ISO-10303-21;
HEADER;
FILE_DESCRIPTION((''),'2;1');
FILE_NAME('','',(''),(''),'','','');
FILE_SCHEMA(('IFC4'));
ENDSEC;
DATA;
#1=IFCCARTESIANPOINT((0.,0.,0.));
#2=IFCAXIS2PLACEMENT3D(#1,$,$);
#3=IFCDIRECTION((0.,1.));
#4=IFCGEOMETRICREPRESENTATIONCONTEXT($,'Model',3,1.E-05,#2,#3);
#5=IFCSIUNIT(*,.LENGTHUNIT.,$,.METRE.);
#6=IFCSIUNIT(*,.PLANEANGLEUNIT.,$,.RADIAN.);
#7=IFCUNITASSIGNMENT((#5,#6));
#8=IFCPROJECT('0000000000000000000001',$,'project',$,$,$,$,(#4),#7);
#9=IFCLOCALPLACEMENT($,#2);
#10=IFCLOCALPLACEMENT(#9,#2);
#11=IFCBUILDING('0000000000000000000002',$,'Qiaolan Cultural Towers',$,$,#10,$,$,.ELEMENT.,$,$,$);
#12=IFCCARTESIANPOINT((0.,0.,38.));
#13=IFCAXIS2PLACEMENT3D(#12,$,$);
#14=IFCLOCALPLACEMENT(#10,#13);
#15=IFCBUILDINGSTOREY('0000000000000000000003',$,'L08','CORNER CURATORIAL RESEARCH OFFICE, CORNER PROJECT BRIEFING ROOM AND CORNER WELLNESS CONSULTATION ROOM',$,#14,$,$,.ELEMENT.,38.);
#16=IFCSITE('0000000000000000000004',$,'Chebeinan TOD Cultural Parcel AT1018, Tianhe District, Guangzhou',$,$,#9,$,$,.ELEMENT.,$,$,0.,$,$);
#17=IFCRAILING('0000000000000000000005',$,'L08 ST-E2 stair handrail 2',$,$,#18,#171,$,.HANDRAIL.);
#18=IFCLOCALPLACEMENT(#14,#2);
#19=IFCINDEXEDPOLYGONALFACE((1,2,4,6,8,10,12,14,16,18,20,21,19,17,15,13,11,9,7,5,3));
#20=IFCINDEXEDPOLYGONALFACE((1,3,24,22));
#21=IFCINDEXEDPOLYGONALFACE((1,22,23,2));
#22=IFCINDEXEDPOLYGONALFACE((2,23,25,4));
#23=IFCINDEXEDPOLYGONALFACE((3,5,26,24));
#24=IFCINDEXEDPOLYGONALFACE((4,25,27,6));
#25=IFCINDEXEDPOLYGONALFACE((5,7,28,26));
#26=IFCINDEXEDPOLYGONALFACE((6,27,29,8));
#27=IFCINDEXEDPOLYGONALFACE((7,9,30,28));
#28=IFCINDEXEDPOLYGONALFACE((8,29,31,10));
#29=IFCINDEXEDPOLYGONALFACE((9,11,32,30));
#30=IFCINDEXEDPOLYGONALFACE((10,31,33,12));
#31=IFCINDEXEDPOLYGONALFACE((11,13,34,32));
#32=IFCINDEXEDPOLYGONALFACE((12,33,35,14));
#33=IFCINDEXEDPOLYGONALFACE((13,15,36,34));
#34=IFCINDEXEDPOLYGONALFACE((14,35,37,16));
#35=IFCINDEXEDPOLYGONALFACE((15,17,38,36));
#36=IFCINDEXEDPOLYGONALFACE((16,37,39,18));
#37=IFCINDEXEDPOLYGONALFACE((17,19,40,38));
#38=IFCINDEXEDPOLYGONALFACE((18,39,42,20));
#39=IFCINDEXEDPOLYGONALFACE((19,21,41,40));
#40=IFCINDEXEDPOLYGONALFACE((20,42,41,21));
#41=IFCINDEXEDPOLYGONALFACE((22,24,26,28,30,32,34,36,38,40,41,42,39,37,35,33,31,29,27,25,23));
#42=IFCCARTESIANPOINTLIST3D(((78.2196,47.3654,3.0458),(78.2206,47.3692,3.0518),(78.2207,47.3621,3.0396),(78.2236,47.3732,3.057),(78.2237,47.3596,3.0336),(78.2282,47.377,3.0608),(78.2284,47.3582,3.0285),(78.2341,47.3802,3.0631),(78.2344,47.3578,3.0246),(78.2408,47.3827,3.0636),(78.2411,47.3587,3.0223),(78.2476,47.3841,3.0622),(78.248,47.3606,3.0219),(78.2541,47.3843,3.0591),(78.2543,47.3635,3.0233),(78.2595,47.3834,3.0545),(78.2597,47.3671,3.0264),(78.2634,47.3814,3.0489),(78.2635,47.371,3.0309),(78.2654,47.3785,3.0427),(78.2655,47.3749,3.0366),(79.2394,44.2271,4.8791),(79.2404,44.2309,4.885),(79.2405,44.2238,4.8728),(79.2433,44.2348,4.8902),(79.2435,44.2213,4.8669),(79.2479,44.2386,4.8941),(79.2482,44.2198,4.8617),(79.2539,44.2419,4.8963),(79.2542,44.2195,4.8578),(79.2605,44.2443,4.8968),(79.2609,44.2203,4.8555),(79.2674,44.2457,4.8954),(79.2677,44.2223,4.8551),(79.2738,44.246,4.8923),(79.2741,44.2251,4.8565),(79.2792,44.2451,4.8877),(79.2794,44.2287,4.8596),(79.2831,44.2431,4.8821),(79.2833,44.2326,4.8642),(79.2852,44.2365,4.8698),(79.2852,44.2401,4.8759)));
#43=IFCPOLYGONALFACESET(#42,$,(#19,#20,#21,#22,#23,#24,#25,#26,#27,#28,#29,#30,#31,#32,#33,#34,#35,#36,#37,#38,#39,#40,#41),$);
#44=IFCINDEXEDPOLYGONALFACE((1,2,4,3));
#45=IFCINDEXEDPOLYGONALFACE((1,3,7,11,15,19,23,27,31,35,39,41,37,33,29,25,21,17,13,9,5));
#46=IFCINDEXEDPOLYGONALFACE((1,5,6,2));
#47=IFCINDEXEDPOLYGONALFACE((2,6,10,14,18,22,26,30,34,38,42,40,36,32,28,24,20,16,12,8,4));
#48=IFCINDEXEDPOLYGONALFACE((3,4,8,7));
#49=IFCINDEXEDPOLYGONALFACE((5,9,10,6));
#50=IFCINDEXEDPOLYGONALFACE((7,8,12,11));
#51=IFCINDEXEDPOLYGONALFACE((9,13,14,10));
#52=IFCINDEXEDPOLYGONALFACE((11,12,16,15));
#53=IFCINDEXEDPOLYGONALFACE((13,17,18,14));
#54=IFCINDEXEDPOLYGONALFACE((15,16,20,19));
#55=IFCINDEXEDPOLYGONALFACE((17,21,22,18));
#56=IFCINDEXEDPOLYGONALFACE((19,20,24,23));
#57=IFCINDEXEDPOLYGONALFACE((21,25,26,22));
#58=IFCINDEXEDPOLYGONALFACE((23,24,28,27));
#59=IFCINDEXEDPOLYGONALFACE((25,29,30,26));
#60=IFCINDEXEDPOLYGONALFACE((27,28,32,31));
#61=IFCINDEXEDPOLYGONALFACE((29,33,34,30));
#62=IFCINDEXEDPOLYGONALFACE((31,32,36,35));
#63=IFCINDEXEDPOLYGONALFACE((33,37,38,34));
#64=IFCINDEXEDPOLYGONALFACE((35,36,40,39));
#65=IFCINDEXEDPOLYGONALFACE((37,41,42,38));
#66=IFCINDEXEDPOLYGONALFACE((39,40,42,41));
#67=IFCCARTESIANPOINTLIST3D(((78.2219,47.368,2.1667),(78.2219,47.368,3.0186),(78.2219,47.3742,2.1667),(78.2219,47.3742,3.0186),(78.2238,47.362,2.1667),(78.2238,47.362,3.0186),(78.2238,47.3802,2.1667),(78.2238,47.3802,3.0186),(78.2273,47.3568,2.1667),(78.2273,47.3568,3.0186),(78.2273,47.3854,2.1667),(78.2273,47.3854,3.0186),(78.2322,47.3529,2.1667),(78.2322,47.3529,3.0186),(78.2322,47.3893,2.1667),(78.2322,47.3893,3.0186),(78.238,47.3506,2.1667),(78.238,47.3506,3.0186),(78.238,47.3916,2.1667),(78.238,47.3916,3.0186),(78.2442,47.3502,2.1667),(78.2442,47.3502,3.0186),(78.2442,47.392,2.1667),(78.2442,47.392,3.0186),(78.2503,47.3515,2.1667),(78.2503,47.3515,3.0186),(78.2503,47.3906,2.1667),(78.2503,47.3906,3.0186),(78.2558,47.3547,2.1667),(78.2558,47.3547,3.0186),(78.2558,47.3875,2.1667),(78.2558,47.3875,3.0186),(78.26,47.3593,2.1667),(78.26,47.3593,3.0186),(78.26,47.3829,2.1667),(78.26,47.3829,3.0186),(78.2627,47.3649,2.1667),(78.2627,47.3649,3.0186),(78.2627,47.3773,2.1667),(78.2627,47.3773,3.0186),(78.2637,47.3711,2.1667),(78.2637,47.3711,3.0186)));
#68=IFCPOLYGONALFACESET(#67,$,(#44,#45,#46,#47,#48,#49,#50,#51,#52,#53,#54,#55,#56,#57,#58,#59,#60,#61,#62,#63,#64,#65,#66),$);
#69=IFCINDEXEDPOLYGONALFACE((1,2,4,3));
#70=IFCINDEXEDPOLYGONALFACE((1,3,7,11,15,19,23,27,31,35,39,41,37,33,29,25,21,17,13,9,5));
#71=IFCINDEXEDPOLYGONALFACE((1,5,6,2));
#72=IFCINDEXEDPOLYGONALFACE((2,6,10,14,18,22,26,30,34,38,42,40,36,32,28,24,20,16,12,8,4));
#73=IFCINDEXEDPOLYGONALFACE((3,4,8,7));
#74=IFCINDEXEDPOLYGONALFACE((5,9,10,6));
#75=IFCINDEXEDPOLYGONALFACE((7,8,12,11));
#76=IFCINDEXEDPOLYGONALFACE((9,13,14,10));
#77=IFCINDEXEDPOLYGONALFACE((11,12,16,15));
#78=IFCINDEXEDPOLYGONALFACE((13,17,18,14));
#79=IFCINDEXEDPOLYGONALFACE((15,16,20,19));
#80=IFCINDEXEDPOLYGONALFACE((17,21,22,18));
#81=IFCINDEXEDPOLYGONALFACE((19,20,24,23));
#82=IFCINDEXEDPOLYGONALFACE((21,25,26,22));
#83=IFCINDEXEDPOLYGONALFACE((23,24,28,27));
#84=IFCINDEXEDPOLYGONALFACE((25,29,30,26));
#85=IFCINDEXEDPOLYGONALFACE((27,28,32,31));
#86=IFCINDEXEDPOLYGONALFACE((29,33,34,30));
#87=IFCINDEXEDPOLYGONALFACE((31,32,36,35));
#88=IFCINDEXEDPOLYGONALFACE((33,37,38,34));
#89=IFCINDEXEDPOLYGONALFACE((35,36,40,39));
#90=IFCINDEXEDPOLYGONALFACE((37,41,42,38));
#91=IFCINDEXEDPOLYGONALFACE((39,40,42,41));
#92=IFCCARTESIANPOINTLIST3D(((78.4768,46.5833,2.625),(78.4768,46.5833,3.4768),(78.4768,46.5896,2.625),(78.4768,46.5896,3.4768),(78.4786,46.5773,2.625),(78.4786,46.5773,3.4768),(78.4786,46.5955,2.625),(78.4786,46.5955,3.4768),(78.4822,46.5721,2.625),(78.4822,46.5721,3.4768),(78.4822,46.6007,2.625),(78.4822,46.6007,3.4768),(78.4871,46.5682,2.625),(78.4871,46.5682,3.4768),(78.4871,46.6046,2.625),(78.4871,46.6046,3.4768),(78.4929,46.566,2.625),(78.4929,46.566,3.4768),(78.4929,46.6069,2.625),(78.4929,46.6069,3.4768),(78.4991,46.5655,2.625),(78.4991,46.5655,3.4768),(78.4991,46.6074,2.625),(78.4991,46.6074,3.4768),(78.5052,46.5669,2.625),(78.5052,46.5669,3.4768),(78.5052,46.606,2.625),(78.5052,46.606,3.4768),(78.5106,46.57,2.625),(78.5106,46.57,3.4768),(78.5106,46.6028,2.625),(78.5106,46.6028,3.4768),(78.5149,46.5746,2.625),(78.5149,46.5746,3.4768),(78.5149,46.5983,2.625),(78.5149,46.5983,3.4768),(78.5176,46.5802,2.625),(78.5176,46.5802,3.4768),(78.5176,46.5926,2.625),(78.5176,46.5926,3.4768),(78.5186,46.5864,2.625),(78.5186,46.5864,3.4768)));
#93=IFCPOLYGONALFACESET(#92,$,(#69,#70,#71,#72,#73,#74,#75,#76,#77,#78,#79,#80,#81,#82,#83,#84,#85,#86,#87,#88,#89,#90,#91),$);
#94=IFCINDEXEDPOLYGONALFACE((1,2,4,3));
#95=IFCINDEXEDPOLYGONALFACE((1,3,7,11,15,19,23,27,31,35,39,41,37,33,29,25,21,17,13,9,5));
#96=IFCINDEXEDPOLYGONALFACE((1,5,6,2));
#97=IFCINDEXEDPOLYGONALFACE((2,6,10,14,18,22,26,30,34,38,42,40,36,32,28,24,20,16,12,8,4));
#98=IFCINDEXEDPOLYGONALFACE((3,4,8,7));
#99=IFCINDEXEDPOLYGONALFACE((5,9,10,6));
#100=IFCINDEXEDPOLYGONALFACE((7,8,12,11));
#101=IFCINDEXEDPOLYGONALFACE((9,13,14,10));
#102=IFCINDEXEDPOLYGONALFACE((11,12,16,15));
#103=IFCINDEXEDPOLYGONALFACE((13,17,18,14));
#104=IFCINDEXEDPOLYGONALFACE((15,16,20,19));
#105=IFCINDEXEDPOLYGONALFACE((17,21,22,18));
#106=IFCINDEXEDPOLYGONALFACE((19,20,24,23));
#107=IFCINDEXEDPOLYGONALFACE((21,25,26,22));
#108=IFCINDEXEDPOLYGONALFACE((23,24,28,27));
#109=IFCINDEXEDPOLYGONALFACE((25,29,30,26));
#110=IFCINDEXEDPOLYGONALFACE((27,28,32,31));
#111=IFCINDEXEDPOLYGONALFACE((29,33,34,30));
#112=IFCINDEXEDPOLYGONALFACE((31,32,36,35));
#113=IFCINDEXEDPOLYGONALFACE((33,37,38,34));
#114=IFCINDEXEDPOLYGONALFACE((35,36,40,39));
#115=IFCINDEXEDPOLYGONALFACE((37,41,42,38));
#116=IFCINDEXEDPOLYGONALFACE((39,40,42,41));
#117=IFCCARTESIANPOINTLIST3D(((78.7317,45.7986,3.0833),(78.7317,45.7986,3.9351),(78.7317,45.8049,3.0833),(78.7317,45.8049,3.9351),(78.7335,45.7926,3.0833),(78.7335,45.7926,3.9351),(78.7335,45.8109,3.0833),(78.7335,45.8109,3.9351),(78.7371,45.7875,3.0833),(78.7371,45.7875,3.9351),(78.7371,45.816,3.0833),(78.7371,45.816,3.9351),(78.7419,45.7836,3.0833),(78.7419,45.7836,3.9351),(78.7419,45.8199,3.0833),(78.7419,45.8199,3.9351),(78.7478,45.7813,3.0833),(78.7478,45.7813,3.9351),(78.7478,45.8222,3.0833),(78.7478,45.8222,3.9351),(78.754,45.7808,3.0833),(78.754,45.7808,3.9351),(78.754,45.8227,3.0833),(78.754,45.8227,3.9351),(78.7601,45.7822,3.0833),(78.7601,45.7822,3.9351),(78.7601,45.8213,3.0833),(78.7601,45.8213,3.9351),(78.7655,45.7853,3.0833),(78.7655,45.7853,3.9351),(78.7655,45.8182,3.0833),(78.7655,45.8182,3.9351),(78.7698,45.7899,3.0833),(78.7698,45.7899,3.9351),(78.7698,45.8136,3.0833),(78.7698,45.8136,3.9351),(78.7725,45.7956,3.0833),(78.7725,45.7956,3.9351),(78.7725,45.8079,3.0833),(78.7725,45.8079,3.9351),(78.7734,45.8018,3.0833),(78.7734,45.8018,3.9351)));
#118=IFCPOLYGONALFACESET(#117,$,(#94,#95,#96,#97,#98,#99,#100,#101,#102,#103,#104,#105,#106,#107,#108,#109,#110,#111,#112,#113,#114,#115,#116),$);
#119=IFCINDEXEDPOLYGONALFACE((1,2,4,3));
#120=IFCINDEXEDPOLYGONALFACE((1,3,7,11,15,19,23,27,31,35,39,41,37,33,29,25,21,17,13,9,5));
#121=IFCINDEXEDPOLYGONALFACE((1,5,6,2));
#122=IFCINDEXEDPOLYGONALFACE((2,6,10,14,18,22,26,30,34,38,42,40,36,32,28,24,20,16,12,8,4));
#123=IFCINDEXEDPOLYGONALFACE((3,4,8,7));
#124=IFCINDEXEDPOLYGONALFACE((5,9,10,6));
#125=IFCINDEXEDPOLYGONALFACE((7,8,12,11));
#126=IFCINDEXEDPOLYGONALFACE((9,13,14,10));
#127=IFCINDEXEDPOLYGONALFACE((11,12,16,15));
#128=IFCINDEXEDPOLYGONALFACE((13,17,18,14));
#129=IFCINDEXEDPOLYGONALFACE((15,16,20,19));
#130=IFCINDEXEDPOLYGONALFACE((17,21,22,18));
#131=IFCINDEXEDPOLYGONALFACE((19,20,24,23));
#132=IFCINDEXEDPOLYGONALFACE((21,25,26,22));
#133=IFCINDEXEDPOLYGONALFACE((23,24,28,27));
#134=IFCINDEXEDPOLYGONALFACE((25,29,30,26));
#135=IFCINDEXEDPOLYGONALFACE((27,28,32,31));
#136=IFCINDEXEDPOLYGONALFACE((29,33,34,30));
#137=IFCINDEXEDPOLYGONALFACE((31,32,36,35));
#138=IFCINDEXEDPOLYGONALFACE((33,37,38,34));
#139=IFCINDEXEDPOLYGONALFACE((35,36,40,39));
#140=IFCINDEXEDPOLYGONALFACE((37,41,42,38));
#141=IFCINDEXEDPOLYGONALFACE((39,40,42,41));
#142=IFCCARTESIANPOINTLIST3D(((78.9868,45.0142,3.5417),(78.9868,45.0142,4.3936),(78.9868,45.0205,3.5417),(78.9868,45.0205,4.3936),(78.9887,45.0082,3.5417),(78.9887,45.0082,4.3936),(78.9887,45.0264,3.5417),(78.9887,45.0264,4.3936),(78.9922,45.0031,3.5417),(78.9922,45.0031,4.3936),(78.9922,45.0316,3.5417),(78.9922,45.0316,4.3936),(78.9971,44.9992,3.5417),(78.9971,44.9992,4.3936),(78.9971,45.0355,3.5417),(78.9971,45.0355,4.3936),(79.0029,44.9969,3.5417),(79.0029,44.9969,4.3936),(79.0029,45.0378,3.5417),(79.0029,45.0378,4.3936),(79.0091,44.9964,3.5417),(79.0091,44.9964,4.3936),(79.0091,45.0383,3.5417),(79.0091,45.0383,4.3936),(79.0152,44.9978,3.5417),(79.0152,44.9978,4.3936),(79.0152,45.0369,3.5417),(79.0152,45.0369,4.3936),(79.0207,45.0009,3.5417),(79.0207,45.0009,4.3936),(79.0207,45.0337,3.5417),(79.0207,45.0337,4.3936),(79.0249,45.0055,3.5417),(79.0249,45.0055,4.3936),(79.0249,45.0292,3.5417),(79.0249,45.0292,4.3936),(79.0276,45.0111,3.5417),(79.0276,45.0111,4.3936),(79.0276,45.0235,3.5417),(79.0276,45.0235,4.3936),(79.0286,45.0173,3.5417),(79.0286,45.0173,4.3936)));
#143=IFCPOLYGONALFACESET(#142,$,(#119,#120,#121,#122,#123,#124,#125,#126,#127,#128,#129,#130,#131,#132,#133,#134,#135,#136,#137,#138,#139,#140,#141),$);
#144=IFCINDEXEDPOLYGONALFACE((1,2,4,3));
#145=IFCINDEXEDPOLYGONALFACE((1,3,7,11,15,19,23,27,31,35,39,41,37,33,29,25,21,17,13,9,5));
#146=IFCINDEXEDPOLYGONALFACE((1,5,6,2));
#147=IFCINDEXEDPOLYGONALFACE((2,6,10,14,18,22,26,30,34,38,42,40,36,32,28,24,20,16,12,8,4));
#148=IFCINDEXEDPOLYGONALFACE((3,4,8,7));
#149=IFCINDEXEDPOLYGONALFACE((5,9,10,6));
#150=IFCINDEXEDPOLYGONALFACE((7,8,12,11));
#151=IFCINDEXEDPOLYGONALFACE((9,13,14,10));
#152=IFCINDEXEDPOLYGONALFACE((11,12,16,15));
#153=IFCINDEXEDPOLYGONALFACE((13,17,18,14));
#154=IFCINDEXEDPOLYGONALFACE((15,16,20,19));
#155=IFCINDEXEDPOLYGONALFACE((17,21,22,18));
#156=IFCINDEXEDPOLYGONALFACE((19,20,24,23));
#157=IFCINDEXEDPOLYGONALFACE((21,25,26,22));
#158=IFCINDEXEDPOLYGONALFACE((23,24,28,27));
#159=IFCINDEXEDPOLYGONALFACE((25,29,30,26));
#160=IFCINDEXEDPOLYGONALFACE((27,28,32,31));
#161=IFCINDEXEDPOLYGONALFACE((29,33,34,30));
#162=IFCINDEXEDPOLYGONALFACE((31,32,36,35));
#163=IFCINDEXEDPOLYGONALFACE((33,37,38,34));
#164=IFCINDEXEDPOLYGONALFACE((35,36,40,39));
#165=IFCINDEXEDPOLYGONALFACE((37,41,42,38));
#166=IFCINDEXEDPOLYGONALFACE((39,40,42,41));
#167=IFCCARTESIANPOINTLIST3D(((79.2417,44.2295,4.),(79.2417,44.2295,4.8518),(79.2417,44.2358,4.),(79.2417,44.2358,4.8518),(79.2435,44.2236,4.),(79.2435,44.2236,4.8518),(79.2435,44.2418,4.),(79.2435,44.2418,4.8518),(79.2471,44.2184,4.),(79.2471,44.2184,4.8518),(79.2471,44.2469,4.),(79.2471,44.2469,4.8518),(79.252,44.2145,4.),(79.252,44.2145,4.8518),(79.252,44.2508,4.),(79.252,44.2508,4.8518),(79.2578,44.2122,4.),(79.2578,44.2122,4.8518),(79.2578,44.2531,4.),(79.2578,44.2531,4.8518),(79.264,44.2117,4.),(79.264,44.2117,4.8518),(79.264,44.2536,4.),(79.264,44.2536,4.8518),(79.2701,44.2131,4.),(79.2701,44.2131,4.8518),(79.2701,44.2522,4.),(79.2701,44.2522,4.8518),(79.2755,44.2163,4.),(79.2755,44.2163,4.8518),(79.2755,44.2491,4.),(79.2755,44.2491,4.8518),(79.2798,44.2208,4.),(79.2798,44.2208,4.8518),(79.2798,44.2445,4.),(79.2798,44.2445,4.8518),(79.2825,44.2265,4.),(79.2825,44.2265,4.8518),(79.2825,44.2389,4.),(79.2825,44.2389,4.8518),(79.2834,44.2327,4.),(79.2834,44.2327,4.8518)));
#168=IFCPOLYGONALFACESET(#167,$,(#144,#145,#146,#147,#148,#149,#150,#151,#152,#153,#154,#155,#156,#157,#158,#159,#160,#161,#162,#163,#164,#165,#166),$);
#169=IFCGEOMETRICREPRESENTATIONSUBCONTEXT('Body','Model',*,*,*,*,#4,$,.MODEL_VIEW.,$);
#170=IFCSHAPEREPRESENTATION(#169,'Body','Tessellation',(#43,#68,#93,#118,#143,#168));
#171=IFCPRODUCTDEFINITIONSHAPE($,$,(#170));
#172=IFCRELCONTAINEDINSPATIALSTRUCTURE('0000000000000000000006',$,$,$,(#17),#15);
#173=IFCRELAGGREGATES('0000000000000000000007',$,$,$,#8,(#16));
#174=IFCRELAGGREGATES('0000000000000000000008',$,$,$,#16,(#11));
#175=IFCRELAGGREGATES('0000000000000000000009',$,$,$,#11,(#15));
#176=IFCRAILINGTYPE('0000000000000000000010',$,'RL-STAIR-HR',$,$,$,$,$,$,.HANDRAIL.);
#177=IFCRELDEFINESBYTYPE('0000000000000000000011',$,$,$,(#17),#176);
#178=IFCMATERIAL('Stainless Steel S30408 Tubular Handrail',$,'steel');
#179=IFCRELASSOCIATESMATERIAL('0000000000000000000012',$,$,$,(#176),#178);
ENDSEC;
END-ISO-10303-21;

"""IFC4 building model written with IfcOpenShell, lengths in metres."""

from ifc_helpers import new_model, si_unit, direction, frame, origin, origin_2d, place, context, subcontext, project, spatial, circle, extrude, material, type_object, element, save


model = new_model("IFC4")

# Units and contexts
model_context = context("Model", 3, precision=1e-05, world=origin(), true_north=direction((0.0, 1.0)))
body_context = subcontext(model_context, "Body", "Model", "MODEL_VIEW")
ifc_project = project(units=[si_unit("LENGTHUNIT", "METRE"), si_unit("PLANEANGLEUNIT", "RADIAN")], contexts=[model_context])

# Site, building, storey
site_placement = place(None, origin())
site = spatial("IfcSite", under=ifc_project, at=site_placement, Name="Chebeinan TOD Cultural Parcel AT1018, Tianhe District, Guangzhou", CompositionType="ELEMENT", RefElevation=0.0)
building_placement = place(site_placement, origin())
building = spatial("IfcBuilding", under=site, at=building_placement, Name="Qiaolan Cultural Towers", CompositionType="ELEMENT")
storey_placement = place(building_placement, frame((0.0, 0.0, 38.0)))
storey = spatial("IfcBuildingStorey", under=building, at=storey_placement, Name="L08", Description="CORNER CURATORIAL RESEARCH OFFICE, CORNER PROJECT BRIEFING ROOM AND CORNER WELLNESS CONSULTATION ROOM", CompositionType="ELEMENT", Elevation=38.0)

# Railing
ifc_material_1 = material(Name="Stainless Steel S30408 Tubular Handrail", Category="steel")
railing_type = type_object("IfcRailingType", Name="RL-STAIR-HR", PredefinedType="HANDRAIL", material=ifc_material_1)
railing_placement = place(storey_placement, frame((78.2427, 47.3711, 2.1667)))
element("IfcRailing", 1, at=railing_placement, inside=storey, type_object=railing_type, Name="L08 ST-E2 stair handrail 2", PredefinedType="HANDRAIL", context=body_context, shape_type="SweptSolid", body=[
    extrude(circle(Radius=0.0239, at=origin_2d()), frame((0.0, 0.0, 0.876), z_axis=(0.270141, -0.831376, 0.485632), x_axis=(0.951053, 0.309028, 0.0)), (0.0, 0.0, 1.0), 3.7749),
    extrude(circle(Radius=0.021, at=origin_2d()), origin(), (0.0, 0.0, 1.0), 0.8518),
    extrude(circle(Radius=0.021, at=origin_2d()), frame((0.2549, -0.7847, 0.4583)), (0.0, 0.0, 1.0), 0.8518),
    extrude(circle(Radius=0.021, at=origin_2d()), frame((0.5098, -1.5693, 0.9165)), (0.0, 0.0, 1.0), 0.8518),
    extrude(circle(Radius=0.021, at=origin_2d()), frame((0.7649, -2.3538, 1.375)), (0.0, 0.0, 1.0), 0.8518),
    extrude(circle(Radius=0.021, at=origin_2d()), frame((1.0198, -3.1384, 1.8333)), (0.0, 0.0, 1.0), 0.8518),
])

save(model, "model.ifc")
